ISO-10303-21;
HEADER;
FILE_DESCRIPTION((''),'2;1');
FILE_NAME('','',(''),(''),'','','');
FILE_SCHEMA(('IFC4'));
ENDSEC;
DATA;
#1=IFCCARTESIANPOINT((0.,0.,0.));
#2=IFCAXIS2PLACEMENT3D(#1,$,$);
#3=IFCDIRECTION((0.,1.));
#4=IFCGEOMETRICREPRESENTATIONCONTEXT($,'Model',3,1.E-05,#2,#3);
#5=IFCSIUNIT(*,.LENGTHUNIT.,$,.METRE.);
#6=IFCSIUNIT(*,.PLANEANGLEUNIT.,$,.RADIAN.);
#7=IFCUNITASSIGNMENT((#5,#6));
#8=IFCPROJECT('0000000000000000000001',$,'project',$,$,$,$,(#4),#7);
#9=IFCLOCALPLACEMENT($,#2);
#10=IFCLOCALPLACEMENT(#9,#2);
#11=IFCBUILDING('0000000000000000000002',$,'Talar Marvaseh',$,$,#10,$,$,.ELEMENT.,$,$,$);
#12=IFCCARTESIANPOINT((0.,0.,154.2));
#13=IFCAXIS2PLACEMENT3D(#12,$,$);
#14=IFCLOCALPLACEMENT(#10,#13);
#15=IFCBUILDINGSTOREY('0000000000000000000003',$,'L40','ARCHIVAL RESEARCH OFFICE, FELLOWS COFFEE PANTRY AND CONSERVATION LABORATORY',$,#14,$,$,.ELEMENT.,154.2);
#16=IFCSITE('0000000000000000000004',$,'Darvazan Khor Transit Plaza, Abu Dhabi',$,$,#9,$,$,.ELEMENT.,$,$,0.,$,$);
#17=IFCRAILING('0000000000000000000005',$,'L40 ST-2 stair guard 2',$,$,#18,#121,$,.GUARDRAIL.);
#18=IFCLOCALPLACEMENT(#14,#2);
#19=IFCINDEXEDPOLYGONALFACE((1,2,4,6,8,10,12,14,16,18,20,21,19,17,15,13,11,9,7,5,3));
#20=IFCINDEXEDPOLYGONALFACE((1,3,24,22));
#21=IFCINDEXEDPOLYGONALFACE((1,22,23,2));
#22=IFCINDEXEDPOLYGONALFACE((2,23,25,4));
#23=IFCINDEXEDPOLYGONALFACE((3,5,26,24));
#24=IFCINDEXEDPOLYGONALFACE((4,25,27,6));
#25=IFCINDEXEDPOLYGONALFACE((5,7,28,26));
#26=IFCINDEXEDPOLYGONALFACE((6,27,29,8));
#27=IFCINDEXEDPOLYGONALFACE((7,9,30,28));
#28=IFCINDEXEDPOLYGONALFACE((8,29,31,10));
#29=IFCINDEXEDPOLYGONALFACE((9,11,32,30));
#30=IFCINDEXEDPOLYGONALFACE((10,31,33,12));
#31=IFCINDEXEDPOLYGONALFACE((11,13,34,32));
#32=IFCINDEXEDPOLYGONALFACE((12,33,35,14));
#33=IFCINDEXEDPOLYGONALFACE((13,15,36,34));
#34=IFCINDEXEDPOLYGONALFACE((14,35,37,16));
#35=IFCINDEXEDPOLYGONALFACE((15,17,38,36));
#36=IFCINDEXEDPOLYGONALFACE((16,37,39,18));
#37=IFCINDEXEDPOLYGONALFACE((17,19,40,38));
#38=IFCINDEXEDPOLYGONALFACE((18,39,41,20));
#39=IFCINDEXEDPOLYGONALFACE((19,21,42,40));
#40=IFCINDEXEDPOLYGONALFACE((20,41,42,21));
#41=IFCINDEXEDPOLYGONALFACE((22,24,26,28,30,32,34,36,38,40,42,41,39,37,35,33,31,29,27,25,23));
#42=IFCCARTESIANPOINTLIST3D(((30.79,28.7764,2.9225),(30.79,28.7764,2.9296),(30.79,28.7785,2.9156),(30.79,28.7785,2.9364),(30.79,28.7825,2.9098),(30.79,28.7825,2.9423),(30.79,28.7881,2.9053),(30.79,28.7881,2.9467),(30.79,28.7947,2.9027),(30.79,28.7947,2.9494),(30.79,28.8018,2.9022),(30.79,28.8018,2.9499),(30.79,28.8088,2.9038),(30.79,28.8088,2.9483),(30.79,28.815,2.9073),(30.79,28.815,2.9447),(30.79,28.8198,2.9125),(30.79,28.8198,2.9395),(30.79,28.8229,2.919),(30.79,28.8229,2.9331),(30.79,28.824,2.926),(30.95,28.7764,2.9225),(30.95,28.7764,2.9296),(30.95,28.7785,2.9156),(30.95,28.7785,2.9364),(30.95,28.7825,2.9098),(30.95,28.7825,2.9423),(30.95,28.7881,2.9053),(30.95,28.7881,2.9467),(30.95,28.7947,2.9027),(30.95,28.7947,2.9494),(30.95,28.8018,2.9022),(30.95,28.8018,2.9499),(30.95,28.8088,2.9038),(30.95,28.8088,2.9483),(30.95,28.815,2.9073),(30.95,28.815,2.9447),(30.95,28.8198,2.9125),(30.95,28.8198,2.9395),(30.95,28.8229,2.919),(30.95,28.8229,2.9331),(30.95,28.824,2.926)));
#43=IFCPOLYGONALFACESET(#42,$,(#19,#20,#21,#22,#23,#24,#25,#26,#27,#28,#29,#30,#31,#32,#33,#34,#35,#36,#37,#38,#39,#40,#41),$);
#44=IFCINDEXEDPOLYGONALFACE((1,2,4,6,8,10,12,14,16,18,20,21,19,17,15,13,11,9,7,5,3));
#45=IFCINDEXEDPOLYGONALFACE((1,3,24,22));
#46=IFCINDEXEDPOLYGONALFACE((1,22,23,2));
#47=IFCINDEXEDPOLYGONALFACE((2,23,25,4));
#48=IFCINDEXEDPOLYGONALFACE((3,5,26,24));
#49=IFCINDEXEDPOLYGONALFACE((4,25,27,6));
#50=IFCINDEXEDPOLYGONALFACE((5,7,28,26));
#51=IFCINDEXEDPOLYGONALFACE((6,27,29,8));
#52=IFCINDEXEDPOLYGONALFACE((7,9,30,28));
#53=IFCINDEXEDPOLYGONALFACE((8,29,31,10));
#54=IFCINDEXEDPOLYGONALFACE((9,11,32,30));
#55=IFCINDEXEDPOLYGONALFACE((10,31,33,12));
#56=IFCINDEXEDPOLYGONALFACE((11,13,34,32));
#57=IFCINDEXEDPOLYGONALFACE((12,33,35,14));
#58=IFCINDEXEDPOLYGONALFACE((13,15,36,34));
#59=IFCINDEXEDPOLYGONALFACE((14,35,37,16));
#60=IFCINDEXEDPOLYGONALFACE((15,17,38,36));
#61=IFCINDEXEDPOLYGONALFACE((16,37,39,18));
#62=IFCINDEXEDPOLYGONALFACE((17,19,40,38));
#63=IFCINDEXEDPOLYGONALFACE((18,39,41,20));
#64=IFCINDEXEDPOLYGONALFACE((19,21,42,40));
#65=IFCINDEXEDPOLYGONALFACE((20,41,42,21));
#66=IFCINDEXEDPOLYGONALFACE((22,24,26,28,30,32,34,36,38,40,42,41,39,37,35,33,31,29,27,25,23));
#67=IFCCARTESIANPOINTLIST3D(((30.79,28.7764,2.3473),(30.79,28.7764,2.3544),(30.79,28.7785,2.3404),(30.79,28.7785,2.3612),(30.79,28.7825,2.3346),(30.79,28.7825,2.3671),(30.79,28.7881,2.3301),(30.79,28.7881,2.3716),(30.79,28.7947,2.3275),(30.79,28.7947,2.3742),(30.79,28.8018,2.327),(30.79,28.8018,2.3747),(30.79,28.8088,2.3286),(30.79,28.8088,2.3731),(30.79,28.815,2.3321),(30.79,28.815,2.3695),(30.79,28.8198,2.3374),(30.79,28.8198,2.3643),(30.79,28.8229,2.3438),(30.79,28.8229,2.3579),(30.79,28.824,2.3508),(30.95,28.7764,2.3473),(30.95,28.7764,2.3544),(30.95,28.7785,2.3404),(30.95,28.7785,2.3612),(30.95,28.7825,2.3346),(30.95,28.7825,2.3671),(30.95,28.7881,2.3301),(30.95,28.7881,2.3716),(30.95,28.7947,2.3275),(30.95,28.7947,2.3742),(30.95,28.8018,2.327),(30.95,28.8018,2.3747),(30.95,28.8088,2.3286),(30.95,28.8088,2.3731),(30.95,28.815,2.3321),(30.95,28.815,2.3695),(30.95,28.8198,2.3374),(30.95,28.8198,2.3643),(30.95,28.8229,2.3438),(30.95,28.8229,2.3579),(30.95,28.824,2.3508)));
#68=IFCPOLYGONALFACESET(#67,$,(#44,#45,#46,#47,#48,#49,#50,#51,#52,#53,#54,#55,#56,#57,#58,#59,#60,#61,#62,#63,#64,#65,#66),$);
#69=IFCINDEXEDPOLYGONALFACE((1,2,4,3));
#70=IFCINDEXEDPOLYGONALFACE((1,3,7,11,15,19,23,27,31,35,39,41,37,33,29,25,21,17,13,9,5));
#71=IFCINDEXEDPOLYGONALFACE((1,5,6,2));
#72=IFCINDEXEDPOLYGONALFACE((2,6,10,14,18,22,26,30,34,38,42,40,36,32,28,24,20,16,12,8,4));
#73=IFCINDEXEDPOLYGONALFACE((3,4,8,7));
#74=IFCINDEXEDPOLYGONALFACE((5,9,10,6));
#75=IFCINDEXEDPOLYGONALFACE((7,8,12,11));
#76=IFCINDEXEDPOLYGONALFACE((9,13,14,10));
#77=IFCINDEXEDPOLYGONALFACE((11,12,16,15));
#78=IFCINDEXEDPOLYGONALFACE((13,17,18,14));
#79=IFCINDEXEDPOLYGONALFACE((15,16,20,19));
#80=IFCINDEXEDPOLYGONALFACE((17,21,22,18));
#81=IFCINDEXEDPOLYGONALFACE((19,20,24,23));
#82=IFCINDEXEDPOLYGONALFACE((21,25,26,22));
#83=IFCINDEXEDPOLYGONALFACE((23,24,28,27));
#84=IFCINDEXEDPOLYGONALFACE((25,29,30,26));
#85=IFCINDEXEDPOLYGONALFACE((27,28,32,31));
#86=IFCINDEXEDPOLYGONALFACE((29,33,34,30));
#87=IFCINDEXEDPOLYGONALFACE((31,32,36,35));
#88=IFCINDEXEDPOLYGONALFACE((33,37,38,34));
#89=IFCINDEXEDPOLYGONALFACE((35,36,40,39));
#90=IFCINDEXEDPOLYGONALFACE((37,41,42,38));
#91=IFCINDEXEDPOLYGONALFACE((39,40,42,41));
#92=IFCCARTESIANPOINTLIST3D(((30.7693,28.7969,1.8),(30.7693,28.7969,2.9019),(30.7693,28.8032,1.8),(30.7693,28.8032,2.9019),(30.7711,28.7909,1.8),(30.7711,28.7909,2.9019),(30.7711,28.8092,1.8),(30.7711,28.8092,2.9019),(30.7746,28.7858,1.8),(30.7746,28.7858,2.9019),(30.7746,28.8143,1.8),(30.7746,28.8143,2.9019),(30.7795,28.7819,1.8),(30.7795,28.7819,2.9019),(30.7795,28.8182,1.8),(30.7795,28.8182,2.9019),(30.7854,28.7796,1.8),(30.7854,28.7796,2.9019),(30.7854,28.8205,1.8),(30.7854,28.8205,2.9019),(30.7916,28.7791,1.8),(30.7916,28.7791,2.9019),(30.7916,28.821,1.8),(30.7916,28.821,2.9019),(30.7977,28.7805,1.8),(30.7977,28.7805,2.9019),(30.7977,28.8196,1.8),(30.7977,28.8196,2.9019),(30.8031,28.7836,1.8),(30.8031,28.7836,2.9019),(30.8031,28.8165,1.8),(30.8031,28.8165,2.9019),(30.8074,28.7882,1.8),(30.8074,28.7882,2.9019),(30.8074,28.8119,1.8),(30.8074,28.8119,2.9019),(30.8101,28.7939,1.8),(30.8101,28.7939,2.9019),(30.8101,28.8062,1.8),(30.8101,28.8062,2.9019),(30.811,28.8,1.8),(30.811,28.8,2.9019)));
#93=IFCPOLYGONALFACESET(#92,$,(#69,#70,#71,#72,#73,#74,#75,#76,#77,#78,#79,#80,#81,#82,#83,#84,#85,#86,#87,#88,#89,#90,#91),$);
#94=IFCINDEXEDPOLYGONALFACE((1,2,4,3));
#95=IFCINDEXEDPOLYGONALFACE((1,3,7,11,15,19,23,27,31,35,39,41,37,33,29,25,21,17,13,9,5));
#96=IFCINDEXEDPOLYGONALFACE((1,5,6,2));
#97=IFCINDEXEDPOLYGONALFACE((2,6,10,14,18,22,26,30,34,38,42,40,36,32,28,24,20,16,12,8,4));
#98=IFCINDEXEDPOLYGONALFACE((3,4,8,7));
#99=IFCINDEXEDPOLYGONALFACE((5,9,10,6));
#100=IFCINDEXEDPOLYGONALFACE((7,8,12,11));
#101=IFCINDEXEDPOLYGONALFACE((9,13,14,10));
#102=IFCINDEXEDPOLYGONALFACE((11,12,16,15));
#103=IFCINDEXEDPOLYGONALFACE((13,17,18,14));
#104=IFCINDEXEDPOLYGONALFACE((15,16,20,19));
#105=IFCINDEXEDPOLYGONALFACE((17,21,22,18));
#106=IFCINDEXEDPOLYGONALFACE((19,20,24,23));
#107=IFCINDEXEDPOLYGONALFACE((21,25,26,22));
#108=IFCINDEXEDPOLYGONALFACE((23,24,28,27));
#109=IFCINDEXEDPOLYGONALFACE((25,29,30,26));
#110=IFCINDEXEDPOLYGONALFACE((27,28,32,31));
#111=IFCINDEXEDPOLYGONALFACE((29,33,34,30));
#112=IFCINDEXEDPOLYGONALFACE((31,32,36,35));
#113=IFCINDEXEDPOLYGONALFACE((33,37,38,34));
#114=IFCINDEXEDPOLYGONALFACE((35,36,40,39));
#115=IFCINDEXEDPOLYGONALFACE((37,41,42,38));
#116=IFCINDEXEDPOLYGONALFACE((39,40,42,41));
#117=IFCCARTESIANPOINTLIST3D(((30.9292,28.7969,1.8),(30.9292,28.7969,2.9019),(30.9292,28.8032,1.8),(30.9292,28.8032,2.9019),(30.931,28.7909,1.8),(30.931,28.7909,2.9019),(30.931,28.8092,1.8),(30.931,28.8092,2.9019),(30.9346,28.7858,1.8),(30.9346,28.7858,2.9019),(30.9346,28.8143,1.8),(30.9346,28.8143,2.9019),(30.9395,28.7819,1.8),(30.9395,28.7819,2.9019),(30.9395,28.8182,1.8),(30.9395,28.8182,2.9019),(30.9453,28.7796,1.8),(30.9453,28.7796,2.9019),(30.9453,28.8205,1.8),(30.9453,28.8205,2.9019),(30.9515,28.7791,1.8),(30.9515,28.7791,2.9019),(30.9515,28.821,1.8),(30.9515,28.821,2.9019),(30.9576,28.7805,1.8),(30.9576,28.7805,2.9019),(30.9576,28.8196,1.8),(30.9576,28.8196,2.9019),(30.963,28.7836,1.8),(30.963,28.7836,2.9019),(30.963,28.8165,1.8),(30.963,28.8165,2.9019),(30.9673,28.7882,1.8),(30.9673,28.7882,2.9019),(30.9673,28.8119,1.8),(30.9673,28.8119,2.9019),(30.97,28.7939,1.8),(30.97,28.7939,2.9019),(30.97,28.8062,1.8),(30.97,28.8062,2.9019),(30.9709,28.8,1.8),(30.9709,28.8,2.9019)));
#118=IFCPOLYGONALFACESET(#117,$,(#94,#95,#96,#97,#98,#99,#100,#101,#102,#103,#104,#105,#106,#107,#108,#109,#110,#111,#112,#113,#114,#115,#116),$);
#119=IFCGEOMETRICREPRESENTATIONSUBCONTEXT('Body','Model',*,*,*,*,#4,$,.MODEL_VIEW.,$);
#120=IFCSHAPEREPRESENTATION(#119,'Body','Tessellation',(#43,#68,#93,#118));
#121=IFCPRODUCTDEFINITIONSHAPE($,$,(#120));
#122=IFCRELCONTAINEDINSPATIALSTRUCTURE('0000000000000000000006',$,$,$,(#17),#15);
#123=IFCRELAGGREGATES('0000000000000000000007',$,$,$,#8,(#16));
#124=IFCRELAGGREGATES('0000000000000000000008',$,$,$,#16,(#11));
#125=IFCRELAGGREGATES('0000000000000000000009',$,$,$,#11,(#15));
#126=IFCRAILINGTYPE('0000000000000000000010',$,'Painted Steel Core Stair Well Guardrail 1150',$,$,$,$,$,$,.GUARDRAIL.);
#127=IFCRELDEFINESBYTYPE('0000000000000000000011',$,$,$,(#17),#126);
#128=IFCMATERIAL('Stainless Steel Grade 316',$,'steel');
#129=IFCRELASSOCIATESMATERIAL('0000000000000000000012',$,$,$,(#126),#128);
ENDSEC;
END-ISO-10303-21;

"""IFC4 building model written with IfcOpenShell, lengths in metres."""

from ifc_helpers import new_model, si_unit, direction, frame, origin, origin_2d, place, context, subcontext, project, spatial, circle, extrude, material, type_object, element, save


model = new_model("IFC4")

# Units and contexts
model_context = context("Model", 3, precision=1e-05, world=origin(), true_north=direction((0.0, 1.0)))
body_context = subcontext(model_context, "Body", "Model", "MODEL_VIEW")
ifc_project = project(units=[si_unit("LENGTHUNIT", "METRE"), si_unit("PLANEANGLEUNIT", "RADIAN")], contexts=[model_context])

# Site, building, storey
site_placement = place(None, origin())
site = spatial("IfcSite", under=ifc_project, at=site_placement, Name="Darvazan Khor Transit Plaza, Abu Dhabi", CompositionType="ELEMENT", RefElevation=0.0)
building_placement = place(site_placement, origin())
building = spatial("IfcBuilding", under=site, at=building_placement, Name="Talar Marvaseh", CompositionType="ELEMENT")
storey_placement = place(building_placement, frame((0.0, 0.0, 154.2)))
storey = spatial("IfcBuildingStorey", under=building, at=storey_placement, Name="L40", Description="ARCHIVAL RESEARCH OFFICE, FELLOWS COFFEE PANTRY AND CONSERVATION LABORATORY", CompositionType="ELEMENT", Elevation=154.2)

# Shared definitions
ifc_material_1 = material(Name="Stainless Steel Grade 316", Category="steel")

# Railing
railing_type_1 = type_object("IfcRailingType", Name="Painted Steel Core Stair Well Guardrail 1150", PredefinedType="GUARDRAIL", material=ifc_material_1)
railing_1_placement = place(storey_placement, frame((30.79, 28.8, 1.8)))
element("IfcRailing", 1, at=railing_1_placement, inside=storey, type_object=railing_type_1, Name="L40 ST-2 stair guard 2", PredefinedType="GUARDRAIL", context=body_context, shape_type="SweptSolid", body=[
    extrude(circle(Radius=0.0239, at=origin_2d()), frame((0.0, 0.0, 1.126), z_axis=(1.0, 0.0, 0.0), x_axis=(0.0, 1.0, 0.0)), (0.0, 0.0, 1.0), 0.1599),
    extrude(circle(Radius=0.0239, at=origin_2d()), frame((0.0, 0.0, 0.5508), z_axis=(1.0, 0.0, 0.0), x_axis=(0.0, 1.0, 0.0)), (0.0, 0.0, 1.0), 0.1599),
    extrude(circle(Radius=0.021, at=origin_2d()), origin(), (0.0, 0.0, 1.0), 1.1018),
    extrude(circle(Radius=0.021, at=origin_2d()), frame((0.1599, 0.0, 0.0)), (0.0, 0.0, 1.0), 1.1018),
])

save(model, "model.ifc")
